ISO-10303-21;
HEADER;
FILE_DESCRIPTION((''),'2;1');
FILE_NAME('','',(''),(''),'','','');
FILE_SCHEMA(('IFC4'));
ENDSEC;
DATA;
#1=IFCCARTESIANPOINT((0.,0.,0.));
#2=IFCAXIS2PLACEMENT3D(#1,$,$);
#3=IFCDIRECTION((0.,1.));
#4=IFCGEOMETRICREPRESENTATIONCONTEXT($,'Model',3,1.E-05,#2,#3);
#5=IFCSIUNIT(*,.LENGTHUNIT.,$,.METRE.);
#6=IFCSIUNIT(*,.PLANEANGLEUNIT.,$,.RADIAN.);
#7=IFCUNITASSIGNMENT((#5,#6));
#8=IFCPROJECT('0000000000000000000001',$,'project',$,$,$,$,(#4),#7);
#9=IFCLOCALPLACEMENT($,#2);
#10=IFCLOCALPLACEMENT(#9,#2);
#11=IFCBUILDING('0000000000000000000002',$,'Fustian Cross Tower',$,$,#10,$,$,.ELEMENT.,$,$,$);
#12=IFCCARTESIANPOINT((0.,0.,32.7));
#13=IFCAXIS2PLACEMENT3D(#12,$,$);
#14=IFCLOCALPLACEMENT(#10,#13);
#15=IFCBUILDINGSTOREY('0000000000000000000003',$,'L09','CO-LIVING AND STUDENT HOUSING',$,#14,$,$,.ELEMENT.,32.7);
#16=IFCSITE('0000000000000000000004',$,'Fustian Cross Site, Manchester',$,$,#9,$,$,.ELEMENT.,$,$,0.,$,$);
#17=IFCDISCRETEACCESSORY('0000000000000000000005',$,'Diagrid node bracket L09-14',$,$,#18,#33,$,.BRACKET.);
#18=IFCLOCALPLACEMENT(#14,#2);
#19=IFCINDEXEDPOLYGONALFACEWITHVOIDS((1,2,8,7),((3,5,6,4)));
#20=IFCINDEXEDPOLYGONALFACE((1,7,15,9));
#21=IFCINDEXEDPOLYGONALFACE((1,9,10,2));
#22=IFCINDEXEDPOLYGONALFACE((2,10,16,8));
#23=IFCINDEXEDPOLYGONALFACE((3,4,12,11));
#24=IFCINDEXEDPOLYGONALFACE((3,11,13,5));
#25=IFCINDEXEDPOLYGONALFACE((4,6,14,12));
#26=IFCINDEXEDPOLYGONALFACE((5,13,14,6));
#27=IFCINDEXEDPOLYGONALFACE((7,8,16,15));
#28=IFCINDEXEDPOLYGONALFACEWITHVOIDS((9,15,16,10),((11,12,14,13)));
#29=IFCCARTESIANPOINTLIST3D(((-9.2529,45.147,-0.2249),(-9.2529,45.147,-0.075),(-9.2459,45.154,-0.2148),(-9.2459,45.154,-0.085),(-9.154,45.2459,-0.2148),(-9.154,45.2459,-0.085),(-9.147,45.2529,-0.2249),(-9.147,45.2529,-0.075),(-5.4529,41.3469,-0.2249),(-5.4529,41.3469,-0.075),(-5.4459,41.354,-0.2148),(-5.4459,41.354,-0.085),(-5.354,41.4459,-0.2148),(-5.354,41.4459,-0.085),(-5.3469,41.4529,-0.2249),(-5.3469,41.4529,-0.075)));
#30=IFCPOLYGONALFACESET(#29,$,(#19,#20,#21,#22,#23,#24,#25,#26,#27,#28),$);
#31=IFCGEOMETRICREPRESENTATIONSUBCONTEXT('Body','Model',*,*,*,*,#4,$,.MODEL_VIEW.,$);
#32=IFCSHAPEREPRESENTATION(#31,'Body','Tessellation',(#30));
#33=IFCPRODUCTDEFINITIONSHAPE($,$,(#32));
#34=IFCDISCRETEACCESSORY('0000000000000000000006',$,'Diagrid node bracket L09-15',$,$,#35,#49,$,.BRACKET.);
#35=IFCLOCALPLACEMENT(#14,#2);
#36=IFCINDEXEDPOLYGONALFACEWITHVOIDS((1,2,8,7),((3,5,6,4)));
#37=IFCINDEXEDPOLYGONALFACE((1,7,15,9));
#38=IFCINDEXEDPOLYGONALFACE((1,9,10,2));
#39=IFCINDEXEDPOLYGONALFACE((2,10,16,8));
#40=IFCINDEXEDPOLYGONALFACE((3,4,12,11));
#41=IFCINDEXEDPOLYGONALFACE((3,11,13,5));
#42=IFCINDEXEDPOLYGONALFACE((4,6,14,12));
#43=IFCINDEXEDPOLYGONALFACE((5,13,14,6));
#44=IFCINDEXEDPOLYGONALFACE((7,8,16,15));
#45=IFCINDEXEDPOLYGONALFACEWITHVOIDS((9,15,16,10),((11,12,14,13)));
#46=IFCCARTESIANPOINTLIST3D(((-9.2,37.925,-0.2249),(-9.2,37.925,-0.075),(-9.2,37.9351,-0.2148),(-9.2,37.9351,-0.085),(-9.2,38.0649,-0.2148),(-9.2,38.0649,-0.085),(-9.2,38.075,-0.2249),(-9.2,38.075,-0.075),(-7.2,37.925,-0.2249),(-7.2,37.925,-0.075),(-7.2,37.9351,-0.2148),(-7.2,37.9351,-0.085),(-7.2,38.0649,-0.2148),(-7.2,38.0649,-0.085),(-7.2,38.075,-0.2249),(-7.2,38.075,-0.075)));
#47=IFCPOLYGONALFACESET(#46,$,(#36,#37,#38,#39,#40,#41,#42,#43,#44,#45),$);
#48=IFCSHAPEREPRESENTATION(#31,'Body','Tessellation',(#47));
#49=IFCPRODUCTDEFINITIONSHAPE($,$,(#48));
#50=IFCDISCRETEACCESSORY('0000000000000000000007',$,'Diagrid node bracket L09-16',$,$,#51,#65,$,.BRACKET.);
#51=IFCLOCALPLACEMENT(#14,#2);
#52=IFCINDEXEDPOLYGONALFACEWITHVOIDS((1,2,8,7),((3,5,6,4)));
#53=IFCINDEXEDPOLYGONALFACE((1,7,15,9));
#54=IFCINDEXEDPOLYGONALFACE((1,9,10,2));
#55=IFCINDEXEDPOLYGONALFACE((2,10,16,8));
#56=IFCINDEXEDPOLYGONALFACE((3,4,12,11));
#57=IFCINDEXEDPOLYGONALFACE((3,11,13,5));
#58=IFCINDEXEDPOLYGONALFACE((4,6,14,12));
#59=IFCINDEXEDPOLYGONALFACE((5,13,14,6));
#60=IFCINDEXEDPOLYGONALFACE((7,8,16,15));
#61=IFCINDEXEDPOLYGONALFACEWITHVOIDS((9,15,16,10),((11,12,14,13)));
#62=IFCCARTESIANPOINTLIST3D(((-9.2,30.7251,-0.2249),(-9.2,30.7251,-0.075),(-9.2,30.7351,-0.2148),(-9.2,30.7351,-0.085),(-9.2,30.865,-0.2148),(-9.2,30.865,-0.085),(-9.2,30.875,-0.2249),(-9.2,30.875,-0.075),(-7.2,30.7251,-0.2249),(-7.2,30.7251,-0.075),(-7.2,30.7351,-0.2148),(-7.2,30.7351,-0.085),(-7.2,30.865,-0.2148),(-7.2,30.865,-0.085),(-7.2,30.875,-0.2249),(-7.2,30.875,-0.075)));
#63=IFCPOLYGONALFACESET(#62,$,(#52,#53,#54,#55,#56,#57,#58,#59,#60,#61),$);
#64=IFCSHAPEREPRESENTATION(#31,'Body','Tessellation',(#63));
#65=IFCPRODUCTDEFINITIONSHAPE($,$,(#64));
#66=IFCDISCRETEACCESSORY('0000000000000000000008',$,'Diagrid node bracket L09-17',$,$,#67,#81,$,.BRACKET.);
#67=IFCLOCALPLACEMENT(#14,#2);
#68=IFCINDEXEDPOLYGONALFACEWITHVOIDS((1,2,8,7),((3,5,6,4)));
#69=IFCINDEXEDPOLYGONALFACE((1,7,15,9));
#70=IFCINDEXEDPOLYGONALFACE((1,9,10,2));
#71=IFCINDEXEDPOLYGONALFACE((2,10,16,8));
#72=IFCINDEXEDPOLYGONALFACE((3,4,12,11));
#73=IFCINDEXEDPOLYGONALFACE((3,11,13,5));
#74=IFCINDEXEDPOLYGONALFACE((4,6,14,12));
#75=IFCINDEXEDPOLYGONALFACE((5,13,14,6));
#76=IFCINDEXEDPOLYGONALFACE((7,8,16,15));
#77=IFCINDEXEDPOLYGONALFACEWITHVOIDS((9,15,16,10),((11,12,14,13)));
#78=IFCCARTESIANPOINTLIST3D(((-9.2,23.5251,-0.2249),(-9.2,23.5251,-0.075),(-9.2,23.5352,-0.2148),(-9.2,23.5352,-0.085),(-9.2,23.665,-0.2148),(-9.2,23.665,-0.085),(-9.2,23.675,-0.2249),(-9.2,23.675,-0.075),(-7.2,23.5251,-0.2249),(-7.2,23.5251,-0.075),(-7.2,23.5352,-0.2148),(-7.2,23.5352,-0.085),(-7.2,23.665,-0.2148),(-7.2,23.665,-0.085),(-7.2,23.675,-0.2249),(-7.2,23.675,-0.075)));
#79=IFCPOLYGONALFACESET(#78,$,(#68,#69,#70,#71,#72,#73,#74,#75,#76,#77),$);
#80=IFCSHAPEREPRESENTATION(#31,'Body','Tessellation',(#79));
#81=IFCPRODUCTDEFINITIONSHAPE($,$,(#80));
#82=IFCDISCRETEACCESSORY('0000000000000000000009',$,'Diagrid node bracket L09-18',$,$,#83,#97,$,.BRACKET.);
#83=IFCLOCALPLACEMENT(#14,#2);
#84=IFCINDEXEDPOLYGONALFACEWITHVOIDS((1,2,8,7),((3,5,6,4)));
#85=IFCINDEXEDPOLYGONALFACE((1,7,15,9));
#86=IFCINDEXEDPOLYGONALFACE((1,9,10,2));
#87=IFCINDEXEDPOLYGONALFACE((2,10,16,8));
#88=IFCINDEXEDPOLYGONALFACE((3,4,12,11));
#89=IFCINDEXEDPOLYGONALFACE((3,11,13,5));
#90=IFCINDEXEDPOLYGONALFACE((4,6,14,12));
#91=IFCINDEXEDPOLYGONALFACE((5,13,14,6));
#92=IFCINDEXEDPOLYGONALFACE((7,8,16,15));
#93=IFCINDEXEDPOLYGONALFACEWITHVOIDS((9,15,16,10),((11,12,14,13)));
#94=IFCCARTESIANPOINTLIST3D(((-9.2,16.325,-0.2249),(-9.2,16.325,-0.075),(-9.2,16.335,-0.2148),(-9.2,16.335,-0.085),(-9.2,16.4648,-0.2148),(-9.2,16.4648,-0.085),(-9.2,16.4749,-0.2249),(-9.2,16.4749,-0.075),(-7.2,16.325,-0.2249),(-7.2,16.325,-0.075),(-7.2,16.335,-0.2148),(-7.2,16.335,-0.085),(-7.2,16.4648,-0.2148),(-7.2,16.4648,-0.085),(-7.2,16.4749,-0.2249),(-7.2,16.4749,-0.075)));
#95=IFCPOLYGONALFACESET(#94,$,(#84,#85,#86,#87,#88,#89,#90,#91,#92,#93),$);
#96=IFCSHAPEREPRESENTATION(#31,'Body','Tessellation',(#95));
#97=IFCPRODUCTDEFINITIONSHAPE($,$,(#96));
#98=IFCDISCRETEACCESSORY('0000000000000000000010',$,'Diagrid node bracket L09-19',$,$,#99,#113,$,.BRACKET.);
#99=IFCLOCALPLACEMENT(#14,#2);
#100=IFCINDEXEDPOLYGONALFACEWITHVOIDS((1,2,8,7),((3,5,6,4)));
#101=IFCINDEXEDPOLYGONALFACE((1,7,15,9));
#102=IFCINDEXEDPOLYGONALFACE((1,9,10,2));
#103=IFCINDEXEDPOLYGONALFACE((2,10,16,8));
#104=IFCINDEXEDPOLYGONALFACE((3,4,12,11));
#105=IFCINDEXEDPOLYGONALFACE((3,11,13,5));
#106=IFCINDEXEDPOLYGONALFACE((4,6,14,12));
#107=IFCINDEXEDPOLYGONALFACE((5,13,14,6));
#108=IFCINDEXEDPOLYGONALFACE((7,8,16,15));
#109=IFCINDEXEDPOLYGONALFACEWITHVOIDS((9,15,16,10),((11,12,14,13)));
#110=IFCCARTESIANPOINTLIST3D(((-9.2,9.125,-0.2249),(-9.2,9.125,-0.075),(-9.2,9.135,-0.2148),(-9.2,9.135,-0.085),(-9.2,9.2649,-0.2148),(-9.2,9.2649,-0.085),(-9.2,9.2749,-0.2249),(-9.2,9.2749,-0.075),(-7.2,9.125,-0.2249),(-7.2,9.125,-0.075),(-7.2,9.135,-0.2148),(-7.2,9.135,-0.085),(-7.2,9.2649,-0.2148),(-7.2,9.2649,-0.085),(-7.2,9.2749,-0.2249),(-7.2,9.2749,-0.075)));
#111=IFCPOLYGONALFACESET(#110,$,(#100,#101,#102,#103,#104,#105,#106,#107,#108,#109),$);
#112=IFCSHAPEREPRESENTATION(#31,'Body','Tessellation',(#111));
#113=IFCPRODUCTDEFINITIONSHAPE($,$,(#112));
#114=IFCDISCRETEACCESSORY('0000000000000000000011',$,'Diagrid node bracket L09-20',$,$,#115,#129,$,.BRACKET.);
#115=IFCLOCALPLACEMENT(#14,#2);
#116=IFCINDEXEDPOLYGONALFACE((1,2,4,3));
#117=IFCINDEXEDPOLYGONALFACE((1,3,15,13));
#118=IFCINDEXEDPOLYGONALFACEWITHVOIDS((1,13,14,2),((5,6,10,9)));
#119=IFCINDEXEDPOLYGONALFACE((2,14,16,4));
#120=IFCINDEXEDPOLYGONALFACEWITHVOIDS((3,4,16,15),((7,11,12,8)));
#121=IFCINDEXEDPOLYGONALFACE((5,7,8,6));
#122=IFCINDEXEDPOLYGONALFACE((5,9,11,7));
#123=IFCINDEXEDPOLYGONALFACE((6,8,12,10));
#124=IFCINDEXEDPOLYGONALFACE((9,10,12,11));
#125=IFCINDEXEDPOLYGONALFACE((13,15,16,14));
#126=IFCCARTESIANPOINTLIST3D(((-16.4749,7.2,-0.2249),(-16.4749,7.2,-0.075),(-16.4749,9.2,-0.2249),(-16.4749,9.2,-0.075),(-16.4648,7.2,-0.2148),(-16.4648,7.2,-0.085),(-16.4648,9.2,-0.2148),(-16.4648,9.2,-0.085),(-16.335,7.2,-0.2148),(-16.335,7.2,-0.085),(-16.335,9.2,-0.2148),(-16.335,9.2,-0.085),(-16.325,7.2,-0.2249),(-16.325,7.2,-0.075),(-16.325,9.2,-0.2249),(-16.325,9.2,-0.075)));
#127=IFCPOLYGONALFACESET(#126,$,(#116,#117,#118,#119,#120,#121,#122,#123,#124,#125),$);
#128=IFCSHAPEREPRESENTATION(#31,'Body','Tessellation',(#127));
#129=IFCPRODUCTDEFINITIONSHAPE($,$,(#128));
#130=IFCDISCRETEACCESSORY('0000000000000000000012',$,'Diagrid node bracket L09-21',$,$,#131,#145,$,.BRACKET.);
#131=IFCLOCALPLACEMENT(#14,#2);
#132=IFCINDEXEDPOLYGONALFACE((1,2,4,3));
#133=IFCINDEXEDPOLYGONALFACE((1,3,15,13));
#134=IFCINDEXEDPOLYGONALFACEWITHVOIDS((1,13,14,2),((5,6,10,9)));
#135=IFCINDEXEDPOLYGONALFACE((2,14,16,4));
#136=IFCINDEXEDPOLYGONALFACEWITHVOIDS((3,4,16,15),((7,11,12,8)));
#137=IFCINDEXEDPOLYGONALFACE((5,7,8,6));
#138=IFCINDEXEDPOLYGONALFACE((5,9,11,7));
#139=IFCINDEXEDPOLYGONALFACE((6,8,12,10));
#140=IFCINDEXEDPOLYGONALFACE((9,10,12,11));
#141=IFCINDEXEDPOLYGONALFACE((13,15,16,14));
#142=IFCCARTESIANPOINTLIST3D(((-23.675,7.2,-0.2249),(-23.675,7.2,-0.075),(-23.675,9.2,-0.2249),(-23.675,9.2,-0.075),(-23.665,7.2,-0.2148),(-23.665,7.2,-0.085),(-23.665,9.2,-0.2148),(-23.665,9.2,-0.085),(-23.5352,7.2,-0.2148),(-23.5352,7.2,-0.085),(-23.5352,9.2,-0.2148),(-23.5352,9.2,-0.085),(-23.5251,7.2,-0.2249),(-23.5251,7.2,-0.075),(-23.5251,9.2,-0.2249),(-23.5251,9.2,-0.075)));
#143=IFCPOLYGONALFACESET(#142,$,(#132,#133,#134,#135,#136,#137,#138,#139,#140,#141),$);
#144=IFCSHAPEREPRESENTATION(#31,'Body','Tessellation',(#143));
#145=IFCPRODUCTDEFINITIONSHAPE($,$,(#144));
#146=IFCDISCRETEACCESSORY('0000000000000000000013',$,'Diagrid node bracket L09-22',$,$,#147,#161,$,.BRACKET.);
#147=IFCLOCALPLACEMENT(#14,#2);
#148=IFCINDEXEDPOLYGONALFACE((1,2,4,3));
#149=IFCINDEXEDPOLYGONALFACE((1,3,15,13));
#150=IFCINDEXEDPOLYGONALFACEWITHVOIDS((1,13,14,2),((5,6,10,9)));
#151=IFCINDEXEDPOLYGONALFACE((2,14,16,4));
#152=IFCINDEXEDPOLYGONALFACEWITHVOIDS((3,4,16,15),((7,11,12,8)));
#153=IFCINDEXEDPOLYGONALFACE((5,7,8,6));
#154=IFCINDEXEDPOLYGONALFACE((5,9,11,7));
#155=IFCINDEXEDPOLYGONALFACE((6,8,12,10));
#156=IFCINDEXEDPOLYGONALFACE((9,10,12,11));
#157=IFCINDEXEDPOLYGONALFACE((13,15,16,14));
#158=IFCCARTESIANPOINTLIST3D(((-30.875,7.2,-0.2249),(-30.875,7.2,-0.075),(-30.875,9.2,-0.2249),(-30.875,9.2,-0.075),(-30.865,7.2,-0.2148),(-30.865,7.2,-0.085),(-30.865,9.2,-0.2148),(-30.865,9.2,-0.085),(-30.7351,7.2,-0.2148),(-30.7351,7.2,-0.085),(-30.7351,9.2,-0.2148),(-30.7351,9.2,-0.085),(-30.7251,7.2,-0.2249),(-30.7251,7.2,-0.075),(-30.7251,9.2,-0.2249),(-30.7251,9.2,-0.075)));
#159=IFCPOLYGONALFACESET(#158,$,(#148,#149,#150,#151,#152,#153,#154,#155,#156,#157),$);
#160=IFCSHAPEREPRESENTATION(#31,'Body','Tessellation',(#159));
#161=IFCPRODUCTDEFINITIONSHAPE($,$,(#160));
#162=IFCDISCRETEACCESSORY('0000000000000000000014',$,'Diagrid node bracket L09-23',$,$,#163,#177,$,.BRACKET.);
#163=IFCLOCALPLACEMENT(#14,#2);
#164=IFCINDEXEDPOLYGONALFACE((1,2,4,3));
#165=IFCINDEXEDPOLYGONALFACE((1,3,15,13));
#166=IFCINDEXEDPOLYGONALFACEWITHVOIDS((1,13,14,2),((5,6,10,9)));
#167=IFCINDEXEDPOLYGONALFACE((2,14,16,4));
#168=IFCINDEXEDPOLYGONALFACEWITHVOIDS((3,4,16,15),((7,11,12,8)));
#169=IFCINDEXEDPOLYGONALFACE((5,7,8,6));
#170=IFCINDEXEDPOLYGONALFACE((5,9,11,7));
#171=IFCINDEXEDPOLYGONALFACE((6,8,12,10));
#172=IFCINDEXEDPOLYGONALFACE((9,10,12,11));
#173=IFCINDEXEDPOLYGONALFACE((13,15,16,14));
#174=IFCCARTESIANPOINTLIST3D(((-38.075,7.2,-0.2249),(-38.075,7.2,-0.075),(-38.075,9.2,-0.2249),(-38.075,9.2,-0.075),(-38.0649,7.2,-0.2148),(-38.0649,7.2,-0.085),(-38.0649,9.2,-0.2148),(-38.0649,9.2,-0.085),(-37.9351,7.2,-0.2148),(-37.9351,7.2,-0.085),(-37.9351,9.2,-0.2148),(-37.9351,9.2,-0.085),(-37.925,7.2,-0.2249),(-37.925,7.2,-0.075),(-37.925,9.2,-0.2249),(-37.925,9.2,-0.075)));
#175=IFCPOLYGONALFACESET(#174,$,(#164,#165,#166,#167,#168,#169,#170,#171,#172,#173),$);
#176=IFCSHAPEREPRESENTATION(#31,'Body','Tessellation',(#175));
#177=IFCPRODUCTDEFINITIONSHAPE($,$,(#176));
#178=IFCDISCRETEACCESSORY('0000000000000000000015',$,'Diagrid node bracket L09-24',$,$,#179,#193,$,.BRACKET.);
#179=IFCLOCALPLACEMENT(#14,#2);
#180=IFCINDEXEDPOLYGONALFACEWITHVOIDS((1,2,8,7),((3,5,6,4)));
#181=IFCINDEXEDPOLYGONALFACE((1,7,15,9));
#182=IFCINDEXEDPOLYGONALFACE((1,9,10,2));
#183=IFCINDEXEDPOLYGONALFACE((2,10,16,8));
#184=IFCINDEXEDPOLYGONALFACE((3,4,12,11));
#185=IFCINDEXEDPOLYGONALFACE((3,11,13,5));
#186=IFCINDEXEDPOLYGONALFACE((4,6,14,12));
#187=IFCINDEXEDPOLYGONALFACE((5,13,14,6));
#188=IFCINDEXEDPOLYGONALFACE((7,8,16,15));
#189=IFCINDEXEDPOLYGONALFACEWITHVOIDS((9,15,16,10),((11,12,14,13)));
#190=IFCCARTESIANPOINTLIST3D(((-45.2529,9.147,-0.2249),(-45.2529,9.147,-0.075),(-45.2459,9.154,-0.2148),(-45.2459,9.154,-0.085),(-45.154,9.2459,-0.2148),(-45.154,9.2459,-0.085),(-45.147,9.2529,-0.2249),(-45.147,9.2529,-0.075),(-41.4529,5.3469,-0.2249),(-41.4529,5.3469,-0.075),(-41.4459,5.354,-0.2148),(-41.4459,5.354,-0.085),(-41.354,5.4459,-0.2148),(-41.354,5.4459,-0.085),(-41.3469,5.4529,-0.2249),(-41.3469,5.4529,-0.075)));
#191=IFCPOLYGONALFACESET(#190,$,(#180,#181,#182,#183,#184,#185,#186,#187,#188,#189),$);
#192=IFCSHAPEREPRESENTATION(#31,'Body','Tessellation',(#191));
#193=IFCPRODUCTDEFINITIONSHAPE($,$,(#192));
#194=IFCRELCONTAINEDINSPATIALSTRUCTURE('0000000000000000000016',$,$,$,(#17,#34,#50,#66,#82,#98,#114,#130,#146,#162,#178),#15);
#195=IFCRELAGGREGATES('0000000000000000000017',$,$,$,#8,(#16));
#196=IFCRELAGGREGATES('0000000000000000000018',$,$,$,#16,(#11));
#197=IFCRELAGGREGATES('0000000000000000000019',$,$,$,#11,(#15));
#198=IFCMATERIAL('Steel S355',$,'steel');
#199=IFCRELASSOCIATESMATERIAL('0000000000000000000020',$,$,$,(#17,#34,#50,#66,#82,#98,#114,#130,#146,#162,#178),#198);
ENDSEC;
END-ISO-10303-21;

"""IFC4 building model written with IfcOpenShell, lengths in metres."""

from ifc_helpers import new_model, si_unit, direction, frame, origin, origin_2d, place, context, subcontext, project, spatial, hollow_rectangle, extrude, material, element, save


model = new_model("IFC4")

# Units and contexts
model_context = context("Model", 3, precision=1e-05, world=origin(), true_north=direction((0.0, 1.0)))
body_context = subcontext(model_context, "Body", "Model", "MODEL_VIEW")
ifc_project = project(units=[si_unit("LENGTHUNIT", "METRE"), si_unit("PLANEANGLEUNIT", "RADIAN")], contexts=[model_context])

# Site, building, storey
site_placement = place(None, origin())
site = spatial("IfcSite", under=ifc_project, at=site_placement, Name="Fustian Cross Site, Manchester", CompositionType="ELEMENT", RefElevation=0.0)
building_placement = place(site_placement, origin())
building = spatial("IfcBuilding", under=site, at=building_placement, Name="Fustian Cross Tower", CompositionType="ELEMENT")
storey_placement = place(building_placement, frame((0.0, 0.0, 32.7)))
storey = spatial("IfcBuildingStorey", under=building, at=storey_placement, Name="L09", Description="CO-LIVING AND STUDENT HOUSING", CompositionType="ELEMENT", Elevation=32.7)

# Discrete accessories
ifc_material_1 = material(Name="Steel S355", Category="steel")
discrete_accessory_1_placement = place(storey_placement, frame((-9.2, 45.2, -0.1499), z_axis=(0.707107, -0.707107, 0.0), x_axis=(0.707107, 0.707107, 0.0)))
element("IfcDiscreteAccessory", 1, at=discrete_accessory_1_placement, inside=storey, material=ifc_material_1, Name="Diagrid node bracket L09-14", PredefinedType="BRACKET", context=body_context, shape_type="SweptSolid", body=[
    extrude(hollow_rectangle(XDim=0.1499, YDim=0.1499, WallThickness=0.01, at=origin_2d()), origin(), (0.0, 0.0, 1.0), 5.374),
])
for number, where, z_axis, x_axis, name in (
    (2, (-9.2, 38.0, -0.1499), (1.0, 0.0, 0.0), (0.0, 1.0, 0.0), "Diagrid node bracket L09-15"),
    (3, (-9.2, 30.8, -0.1499), (1.0, 0.0, 0.0), (0.0, 1.0, 0.0), "Diagrid node bracket L09-16"),
    (4, (-9.2, 23.6001, -0.1499), (1.0, 0.0, 0.0), (0.0, 1.0, 0.0), "Diagrid node bracket L09-17"),
    (5, (-9.2, 16.3999, -0.1499), (1.0, 0.0, 0.0), (0.0, 1.0, 0.0), "Diagrid node bracket L09-18"),
    (6, (-9.2, 9.2, -0.1499), (1.0, 0.0, 0.0), (0.0, 1.0, 0.0), "Diagrid node bracket L09-19"),
    (7, (-16.3999, 9.2, -0.1499), (0.0, -1.0, 0.0), (1.0, 0.0, 0.0), "Diagrid node bracket L09-20"),
    (8, (-23.6001, 9.2, -0.1499), (0.0, -1.0, 0.0), (1.0, 0.0, 0.0), "Diagrid node bracket L09-21"),
    (9, (-30.8, 9.2, -0.1499), (0.0, -1.0, 0.0), (1.0, 0.0, 0.0), "Diagrid node bracket L09-22"),
    (10, (-38.0, 9.2, -0.1499), (0.0, -1.0, 0.0), (1.0, 0.0, 0.0), "Diagrid node bracket L09-23"),
):
    element("IfcDiscreteAccessory", number, at=place(storey_placement, frame(where, z_axis=z_axis, x_axis=x_axis)), inside=storey, material=ifc_material_1, Name=name, PredefinedType="BRACKET", context=body_context, shape_type="SweptSolid", body=[
        extrude(hollow_rectangle(XDim=0.1499, YDim=0.1499, WallThickness=0.01, at=origin_2d()), origin(), (0.0, 0.0, 1.0), 2.0),
    ])
discrete_accessory_2_placement = place(storey_placement, frame((-45.2, 9.2, -0.1499), z_axis=(0.707107, -0.707107, 0.0), x_axis=(0.707107, 0.707107, 0.0)))
element("IfcDiscreteAccessory", 11, at=discrete_accessory_2_placement, inside=storey, material=ifc_material_1, Name="Diagrid node bracket L09-24", PredefinedType="BRACKET", context=body_context, shape_type="SweptSolid", body=[
    extrude(hollow_rectangle(XDim=0.1499, YDim=0.1499, WallThickness=0.01, at=origin_2d()), origin(), (0.0, 0.0, 1.0), 5.374),
])

save(model, "model.ifc")
